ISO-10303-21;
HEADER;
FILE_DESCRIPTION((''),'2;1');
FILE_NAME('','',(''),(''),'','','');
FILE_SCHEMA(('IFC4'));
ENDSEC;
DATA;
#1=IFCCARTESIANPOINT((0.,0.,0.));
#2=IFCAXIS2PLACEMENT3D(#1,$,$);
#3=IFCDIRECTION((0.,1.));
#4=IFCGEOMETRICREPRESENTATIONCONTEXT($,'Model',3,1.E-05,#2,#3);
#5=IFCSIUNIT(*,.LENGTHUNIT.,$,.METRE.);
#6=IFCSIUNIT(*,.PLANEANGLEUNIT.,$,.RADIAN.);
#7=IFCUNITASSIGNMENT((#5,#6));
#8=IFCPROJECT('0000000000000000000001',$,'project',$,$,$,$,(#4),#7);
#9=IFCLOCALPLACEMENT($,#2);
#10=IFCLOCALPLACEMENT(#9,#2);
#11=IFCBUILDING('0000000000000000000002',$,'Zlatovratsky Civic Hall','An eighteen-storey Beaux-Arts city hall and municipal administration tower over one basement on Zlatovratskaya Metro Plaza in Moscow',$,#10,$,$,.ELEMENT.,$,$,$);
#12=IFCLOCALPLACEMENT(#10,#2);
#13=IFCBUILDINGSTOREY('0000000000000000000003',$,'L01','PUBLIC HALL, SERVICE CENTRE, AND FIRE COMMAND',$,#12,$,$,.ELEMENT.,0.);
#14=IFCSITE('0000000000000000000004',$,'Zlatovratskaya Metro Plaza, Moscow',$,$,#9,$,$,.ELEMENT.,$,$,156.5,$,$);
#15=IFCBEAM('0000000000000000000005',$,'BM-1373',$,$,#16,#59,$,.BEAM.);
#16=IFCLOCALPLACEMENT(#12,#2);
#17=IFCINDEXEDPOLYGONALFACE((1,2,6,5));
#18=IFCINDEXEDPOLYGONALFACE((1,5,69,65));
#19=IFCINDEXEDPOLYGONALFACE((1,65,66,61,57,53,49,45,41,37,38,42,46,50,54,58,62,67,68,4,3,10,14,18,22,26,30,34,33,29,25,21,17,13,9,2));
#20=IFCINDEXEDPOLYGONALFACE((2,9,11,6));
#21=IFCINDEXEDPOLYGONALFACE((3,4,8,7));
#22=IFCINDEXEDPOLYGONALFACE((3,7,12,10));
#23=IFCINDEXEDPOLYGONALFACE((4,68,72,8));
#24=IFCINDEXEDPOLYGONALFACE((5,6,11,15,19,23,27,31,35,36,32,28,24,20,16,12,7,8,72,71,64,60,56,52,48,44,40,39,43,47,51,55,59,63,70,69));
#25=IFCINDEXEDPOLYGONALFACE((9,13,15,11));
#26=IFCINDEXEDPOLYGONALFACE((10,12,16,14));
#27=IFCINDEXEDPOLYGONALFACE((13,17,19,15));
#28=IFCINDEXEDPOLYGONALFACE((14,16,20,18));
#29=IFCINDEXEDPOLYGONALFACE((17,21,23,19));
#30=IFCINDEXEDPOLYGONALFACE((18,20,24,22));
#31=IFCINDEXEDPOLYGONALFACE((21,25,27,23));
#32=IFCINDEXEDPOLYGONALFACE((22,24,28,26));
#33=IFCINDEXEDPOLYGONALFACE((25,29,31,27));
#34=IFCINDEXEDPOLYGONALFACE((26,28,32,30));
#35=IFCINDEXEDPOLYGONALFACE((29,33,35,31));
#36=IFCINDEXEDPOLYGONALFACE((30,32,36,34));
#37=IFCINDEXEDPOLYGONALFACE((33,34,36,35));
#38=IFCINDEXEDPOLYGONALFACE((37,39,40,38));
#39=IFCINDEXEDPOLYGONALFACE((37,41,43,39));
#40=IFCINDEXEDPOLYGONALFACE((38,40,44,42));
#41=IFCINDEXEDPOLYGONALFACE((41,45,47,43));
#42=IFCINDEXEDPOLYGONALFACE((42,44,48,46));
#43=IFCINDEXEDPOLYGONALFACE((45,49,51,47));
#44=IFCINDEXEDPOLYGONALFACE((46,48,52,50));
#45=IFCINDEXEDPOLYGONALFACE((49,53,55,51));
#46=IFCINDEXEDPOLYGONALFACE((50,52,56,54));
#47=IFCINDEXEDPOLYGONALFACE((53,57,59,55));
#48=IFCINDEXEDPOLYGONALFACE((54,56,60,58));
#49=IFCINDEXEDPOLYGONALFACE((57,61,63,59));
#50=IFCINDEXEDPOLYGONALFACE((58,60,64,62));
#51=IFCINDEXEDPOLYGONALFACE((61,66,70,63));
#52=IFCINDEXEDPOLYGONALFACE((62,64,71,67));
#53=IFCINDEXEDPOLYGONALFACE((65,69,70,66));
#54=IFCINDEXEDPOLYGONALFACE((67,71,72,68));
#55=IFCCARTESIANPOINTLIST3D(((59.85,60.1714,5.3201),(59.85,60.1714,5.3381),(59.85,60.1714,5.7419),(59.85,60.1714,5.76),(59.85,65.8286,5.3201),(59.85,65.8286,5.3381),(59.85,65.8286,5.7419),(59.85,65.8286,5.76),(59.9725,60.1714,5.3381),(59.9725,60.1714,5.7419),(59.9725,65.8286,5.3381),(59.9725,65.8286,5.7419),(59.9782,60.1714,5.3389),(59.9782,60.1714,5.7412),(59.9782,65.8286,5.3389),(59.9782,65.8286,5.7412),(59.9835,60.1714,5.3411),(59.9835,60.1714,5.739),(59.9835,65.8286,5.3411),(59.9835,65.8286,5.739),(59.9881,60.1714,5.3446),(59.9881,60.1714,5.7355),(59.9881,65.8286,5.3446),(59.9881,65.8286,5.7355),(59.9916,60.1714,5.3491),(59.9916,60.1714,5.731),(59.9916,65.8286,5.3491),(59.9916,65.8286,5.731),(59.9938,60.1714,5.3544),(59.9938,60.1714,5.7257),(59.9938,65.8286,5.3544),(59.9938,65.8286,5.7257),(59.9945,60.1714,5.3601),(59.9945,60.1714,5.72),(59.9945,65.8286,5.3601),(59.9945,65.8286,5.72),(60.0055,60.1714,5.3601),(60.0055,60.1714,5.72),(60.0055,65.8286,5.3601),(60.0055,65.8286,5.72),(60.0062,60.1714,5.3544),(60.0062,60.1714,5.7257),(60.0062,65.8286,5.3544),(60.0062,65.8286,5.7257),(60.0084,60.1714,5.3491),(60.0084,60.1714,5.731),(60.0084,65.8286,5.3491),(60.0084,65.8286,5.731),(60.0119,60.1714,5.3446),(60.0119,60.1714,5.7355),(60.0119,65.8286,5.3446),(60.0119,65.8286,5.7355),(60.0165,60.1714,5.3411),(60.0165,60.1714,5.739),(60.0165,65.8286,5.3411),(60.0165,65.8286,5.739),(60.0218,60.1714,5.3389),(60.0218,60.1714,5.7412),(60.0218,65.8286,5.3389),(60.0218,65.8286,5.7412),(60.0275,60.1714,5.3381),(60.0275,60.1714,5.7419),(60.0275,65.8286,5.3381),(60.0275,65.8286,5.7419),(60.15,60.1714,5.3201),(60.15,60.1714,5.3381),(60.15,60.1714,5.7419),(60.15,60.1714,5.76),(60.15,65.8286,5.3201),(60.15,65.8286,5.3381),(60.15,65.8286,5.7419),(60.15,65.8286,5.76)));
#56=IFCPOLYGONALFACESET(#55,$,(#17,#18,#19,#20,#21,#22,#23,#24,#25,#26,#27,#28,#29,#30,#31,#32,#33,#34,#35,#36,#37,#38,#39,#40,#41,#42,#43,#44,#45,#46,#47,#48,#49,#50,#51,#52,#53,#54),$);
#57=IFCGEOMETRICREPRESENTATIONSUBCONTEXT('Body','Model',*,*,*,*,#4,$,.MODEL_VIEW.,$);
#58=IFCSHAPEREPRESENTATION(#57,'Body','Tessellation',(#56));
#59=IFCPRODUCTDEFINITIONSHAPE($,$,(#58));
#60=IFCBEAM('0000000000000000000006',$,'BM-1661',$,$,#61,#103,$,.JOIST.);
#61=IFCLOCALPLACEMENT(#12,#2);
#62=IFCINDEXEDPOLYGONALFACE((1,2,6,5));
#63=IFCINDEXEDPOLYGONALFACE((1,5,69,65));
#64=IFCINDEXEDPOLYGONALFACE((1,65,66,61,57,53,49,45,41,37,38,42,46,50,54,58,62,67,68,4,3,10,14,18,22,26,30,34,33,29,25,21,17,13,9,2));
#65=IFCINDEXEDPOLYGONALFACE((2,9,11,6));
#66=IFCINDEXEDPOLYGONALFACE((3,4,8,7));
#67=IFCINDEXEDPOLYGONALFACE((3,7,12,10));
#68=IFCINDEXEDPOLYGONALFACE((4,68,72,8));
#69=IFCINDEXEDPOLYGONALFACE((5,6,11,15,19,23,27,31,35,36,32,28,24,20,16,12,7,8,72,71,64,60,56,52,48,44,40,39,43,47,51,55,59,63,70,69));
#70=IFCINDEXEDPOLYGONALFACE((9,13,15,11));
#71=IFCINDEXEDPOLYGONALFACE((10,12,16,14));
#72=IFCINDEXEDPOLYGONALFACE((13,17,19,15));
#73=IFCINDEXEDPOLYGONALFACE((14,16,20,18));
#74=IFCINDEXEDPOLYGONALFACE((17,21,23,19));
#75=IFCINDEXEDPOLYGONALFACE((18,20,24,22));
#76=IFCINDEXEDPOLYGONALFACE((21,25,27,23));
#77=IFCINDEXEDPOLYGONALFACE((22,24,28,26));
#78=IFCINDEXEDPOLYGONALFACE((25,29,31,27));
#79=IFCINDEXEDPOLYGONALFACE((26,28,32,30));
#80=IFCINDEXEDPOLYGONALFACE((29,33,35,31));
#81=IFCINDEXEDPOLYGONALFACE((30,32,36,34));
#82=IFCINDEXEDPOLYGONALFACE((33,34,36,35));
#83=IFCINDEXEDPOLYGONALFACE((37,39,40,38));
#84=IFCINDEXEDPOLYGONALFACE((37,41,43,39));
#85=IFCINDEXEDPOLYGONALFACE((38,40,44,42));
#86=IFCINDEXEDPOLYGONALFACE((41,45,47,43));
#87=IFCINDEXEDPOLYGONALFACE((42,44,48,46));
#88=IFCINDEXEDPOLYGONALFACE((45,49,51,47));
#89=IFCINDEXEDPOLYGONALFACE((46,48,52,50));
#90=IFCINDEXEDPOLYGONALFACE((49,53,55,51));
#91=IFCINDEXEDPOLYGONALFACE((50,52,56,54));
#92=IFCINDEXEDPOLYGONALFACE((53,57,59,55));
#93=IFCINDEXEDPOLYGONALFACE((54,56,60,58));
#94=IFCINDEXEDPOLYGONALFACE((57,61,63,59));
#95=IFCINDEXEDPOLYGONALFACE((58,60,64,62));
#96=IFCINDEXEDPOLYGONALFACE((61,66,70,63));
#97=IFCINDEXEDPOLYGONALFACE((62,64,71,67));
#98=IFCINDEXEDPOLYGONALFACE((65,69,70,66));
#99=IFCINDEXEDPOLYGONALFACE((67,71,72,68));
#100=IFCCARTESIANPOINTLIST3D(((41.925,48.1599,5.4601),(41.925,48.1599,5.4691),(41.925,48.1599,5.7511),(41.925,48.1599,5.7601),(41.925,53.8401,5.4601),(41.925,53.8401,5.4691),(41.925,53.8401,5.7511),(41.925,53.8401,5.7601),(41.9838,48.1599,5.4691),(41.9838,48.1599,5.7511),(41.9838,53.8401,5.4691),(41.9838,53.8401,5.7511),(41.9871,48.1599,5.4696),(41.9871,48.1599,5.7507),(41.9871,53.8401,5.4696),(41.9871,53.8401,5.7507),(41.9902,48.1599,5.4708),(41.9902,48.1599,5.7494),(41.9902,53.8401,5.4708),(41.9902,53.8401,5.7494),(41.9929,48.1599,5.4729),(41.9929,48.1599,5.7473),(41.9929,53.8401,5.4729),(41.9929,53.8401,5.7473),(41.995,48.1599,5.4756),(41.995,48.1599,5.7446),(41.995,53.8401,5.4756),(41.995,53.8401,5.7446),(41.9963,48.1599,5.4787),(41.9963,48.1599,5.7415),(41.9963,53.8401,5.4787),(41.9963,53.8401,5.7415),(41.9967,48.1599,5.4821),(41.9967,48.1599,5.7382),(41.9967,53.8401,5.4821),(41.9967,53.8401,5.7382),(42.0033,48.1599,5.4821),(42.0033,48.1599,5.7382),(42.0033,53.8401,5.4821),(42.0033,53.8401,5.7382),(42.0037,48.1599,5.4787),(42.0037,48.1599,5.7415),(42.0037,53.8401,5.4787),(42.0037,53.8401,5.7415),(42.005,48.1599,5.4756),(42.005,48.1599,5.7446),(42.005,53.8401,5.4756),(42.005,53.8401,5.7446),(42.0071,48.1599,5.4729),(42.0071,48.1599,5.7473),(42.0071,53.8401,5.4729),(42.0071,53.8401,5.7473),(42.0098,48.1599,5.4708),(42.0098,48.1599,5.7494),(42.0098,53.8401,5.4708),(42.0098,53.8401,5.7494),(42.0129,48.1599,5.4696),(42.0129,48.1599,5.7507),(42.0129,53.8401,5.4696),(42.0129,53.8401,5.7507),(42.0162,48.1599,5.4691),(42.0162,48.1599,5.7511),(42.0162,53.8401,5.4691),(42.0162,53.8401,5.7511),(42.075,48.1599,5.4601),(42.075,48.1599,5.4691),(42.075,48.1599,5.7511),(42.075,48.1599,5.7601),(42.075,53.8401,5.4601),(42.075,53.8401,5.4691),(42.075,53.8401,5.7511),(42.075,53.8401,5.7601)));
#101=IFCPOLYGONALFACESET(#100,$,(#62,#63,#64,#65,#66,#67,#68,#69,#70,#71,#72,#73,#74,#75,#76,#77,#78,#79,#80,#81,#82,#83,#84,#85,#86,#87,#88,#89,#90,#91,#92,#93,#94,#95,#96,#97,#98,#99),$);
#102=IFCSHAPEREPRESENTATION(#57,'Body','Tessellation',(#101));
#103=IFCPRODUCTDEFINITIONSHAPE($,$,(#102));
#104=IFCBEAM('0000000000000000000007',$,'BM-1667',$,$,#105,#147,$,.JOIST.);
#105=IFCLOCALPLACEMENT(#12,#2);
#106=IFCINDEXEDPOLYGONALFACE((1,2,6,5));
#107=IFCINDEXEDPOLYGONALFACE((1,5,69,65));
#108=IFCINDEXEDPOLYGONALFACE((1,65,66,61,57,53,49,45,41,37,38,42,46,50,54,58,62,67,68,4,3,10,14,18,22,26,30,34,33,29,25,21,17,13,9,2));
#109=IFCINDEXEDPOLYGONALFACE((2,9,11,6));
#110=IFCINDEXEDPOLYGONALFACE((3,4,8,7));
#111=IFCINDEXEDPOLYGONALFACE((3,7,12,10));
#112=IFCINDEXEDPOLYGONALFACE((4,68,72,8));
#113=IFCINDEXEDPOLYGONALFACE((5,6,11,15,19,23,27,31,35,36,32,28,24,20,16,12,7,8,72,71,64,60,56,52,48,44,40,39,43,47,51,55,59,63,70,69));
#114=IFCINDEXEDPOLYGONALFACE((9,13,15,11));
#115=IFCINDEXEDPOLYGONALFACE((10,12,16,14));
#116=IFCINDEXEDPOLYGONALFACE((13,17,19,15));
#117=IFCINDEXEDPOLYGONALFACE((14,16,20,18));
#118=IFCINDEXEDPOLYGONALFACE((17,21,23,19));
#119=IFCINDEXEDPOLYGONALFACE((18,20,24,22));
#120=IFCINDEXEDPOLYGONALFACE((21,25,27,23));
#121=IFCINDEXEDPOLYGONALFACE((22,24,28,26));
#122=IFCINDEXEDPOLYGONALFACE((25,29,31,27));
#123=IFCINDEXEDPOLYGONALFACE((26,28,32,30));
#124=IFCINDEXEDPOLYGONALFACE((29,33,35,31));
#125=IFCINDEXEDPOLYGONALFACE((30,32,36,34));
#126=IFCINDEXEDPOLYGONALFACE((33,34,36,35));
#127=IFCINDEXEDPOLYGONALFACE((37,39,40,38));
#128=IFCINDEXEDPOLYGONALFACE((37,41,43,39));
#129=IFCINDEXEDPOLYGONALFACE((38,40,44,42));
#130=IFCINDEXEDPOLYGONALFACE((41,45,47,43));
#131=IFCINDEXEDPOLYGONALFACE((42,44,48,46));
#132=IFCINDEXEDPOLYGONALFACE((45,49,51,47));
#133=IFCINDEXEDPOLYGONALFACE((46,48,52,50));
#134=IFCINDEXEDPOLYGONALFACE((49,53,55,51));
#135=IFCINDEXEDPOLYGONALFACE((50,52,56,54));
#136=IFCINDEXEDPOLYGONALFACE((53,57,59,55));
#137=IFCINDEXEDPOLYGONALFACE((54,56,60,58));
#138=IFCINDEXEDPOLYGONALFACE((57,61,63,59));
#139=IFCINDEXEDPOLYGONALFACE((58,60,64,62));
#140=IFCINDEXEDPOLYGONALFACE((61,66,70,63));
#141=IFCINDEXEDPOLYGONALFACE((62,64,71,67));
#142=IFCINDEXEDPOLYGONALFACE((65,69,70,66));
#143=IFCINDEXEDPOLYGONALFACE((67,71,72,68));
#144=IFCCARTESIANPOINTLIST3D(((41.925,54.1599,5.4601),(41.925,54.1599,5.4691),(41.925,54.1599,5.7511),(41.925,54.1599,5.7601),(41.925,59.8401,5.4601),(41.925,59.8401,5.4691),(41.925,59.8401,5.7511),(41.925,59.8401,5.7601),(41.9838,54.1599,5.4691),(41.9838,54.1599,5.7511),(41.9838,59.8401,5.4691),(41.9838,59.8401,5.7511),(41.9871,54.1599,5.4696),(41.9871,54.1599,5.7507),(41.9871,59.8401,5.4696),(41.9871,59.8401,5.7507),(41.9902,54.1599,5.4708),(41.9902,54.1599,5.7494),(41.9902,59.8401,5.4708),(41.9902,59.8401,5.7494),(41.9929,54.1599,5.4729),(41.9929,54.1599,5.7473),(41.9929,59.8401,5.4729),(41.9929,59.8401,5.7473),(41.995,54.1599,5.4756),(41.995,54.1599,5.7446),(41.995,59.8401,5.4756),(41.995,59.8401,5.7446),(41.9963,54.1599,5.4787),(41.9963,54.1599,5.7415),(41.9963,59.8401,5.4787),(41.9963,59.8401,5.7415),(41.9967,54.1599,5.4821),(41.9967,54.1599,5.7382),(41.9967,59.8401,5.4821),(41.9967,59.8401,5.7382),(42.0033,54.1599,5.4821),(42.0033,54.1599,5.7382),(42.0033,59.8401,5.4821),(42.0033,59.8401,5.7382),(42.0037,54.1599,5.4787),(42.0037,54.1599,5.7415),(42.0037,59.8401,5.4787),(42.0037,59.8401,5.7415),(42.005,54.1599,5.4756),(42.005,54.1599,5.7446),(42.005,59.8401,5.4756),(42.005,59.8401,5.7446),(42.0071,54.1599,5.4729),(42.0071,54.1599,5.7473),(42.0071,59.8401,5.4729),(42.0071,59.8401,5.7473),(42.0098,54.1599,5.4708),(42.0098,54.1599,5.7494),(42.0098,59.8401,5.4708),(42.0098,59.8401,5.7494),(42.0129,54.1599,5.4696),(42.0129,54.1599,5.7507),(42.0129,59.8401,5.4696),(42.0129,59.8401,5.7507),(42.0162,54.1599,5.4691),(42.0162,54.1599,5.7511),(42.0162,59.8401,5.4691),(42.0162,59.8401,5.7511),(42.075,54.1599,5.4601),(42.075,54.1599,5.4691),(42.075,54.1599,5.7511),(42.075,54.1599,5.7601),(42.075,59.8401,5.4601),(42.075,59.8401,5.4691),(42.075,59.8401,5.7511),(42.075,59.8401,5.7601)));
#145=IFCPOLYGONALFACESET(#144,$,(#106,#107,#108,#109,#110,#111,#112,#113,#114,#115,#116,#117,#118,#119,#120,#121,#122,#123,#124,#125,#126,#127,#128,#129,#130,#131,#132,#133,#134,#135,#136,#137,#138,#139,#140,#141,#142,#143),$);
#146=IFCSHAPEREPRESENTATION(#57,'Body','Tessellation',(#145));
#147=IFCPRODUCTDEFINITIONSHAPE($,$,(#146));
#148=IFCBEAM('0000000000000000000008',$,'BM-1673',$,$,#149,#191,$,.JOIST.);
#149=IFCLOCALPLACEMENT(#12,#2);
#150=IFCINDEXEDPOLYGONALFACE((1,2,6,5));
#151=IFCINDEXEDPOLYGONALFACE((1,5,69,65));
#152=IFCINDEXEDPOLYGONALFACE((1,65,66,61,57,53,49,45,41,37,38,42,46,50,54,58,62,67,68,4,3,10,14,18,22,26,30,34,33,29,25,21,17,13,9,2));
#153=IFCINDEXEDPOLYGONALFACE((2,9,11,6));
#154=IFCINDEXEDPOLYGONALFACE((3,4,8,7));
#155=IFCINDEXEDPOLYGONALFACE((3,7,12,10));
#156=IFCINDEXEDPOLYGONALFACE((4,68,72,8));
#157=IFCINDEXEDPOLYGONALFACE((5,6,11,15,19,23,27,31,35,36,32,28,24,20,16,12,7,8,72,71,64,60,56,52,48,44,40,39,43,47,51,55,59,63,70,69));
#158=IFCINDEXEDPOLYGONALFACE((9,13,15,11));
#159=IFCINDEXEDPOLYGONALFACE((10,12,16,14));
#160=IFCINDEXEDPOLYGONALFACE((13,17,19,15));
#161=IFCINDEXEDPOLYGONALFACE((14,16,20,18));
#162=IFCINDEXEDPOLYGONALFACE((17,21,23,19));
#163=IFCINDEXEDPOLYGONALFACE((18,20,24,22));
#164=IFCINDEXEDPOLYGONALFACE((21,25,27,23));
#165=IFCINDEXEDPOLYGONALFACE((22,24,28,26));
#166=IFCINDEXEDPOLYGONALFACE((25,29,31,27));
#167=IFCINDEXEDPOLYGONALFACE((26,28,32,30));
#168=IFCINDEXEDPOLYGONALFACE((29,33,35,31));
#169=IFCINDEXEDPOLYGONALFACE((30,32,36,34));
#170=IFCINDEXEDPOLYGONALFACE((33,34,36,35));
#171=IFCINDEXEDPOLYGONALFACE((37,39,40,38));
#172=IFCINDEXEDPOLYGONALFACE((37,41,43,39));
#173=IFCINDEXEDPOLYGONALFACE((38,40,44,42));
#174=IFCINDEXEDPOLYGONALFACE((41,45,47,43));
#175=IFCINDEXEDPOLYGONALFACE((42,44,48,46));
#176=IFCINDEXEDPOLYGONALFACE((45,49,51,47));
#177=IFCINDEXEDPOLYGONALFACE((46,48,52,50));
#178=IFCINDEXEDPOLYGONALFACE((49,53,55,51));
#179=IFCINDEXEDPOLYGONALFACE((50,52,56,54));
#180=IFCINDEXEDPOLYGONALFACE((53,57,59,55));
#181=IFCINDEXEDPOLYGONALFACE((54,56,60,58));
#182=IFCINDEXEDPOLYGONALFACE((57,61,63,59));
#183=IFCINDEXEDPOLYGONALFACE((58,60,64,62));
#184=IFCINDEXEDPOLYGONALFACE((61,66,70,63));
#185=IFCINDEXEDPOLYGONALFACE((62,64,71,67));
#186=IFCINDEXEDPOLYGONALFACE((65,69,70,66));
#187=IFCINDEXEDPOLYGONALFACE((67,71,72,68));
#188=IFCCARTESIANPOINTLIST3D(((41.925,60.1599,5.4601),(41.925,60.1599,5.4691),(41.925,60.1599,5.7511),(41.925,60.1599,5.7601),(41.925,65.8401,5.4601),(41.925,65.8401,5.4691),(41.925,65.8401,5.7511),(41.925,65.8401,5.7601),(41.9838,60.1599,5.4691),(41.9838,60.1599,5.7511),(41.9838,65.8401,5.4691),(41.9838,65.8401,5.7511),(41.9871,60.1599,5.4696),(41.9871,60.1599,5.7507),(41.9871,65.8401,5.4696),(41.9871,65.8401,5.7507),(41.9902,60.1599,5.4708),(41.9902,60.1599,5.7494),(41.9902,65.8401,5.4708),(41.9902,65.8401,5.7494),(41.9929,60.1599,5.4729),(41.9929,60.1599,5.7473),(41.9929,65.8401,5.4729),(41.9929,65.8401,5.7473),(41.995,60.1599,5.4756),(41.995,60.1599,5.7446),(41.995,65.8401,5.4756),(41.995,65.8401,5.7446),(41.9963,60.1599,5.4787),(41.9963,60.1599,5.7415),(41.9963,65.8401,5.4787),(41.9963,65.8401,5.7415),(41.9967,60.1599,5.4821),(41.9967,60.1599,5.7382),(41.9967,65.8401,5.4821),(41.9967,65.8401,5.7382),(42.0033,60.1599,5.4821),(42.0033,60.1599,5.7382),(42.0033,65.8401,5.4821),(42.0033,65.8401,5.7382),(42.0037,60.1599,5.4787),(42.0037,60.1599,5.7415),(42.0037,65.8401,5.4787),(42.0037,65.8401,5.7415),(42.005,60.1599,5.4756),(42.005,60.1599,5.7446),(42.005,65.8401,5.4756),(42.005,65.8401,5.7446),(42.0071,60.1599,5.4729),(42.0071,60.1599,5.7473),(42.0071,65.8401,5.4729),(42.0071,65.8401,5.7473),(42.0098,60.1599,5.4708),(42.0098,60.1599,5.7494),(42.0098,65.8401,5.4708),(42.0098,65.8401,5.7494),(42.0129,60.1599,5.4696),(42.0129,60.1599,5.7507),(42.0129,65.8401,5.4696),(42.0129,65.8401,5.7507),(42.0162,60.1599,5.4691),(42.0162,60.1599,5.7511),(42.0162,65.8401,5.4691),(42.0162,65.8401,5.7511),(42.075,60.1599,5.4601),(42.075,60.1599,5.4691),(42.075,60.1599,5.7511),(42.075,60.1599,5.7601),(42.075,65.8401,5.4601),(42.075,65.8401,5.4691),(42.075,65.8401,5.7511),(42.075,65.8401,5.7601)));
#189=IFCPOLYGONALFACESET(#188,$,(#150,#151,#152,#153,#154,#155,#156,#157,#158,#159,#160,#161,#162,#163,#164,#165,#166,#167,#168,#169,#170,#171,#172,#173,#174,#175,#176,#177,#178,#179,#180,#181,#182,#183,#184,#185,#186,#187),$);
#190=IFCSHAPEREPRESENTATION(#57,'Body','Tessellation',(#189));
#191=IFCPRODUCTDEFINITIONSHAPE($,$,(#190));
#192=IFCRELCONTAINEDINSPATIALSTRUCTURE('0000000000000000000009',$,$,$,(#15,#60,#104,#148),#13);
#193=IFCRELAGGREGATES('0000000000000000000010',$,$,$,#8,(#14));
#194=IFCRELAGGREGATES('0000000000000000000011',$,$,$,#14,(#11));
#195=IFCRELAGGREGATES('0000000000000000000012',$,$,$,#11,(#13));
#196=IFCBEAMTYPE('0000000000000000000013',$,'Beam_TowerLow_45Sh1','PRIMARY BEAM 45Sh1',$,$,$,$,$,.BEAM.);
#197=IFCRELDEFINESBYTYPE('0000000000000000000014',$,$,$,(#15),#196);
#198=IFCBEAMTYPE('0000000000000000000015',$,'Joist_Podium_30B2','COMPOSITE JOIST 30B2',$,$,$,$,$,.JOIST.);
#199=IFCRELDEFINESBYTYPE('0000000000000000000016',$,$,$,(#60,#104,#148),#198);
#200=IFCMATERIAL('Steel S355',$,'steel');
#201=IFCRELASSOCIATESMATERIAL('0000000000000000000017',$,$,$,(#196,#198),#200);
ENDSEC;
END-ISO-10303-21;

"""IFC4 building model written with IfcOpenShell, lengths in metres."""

from ifc_helpers import new_model, si_unit, direction, frame, origin, origin_2d, place, context, subcontext, project, spatial, i_section, extrude, material, material_profile, profile_set, type_object, element, save


model = new_model("IFC4")

# Units and contexts
model_context = context("Model", 3, precision=1e-05, world=origin(), true_north=direction((0.0, 1.0)))
body_context = subcontext(model_context, "Body", "Model", "MODEL_VIEW")
ifc_project = project(units=[si_unit("LENGTHUNIT", "METRE"), si_unit("PLANEANGLEUNIT", "RADIAN")], contexts=[model_context])

# Site, building, storey
site_placement = place(None, origin())
site = spatial("IfcSite", under=ifc_project, at=site_placement, Name="Zlatovratskaya Metro Plaza, Moscow", CompositionType="ELEMENT", RefElevation=156.5)
building_placement = place(site_placement, origin())
building = spatial("IfcBuilding", under=site, at=building_placement, Name="Zlatovratsky Civic Hall", Description="An eighteen-storey Beaux-Arts city hall and municipal administration tower over one basement on Zlatovratskaya Metro Plaza in Moscow", CompositionType="ELEMENT")
storey_placement = place(building_placement, origin())
storey = spatial("IfcBuildingStorey", under=building, at=storey_placement, Name="L01", Description="PUBLIC HALL, SERVICE CENTRE, AND FIRE COMMAND", CompositionType="ELEMENT", Elevation=0.0)

# Shared definitions
ifc_material_1 = material(Name="Steel S355", Category="steel")

# Beams
ifc_material_profile_1 = material_profile(ifc_material_1, i_section(OverallWidth=0.3, OverallDepth=0.4399, WebThickness=0.011, FlangeThickness=0.0181, FilletRadius=0.022, at=origin_2d()), Name="45Sh1")
ifc_profile_set_1 = profile_set([ifc_material_profile_1], Name="Steel S355")
beam_type_1 = type_object("IfcBeamType", Name="Beam_TowerLow_45Sh1", Description="PRIMARY BEAM 45Sh1", PredefinedType="BEAM", material=ifc_profile_set_1)
for number, where, z_axis, x_axis, name in (
    (1, (60.0, 60.1714, 5.54), (0.0, 1.0, 0.0), (-1.0, 0.0, 0.0), "BM-1373"),
):
    element("IfcBeam", number, at=place(storey_placement, frame(where, z_axis=z_axis, x_axis=x_axis)), inside=storey, type_object=beam_type_1, Name=name, PredefinedType="BEAM", context=body_context, shape_type="SweptSolid", body=[
        extrude(i_section(OverallWidth=0.3, OverallDepth=0.4399, WebThickness=0.011, FlangeThickness=0.0181, FilletRadius=0.022, at=origin_2d()), origin(), (0.0, 0.0, 1.0), 5.6572),
    ])
ifc_material_profile_2 = material_profile(ifc_material_1, i_section(OverallWidth=0.1499, OverallDepth=0.3, WebThickness=0.0066, FlangeThickness=0.009, FilletRadius=0.0129, at=origin_2d()), Name="30B2")
ifc_profile_set_2 = profile_set([ifc_material_profile_2], Name="Steel S355")
beam_type_2 = type_object("IfcBeamType", Name="Joist_Podium_30B2", Description="COMPOSITE JOIST 30B2", PredefinedType="JOIST", material=ifc_profile_set_2)
for number, where, z_axis, x_axis, name in (
    (2, (42.0, 48.1599, 5.6101), (0.0, 1.0, 0.0), (-1.0, 0.0, 0.0), "BM-1661"),
    (3, (42.0, 54.1599, 5.6101), (0.0, 1.0, 0.0), (-1.0, 0.0, 0.0), "BM-1667"),
    (4, (42.0, 60.1599, 5.6101), (0.0, 1.0, 0.0), (-1.0, 0.0, 0.0), "BM-1673"),
):
    element("IfcBeam", number, at=place(storey_placement, frame(where, z_axis=z_axis, x_axis=x_axis)), inside=storey, type_object=beam_type_2, Name=name, PredefinedType="JOIST", context=body_context, shape_type="SweptSolid", body=[
        extrude(i_section(OverallWidth=0.1499, OverallDepth=0.3, WebThickness=0.0066, FlangeThickness=0.009, FilletRadius=0.0129, at=origin_2d()), origin(), (0.0, 0.0, 1.0), 5.6802),
    ])

save(model, "model.ifc")
